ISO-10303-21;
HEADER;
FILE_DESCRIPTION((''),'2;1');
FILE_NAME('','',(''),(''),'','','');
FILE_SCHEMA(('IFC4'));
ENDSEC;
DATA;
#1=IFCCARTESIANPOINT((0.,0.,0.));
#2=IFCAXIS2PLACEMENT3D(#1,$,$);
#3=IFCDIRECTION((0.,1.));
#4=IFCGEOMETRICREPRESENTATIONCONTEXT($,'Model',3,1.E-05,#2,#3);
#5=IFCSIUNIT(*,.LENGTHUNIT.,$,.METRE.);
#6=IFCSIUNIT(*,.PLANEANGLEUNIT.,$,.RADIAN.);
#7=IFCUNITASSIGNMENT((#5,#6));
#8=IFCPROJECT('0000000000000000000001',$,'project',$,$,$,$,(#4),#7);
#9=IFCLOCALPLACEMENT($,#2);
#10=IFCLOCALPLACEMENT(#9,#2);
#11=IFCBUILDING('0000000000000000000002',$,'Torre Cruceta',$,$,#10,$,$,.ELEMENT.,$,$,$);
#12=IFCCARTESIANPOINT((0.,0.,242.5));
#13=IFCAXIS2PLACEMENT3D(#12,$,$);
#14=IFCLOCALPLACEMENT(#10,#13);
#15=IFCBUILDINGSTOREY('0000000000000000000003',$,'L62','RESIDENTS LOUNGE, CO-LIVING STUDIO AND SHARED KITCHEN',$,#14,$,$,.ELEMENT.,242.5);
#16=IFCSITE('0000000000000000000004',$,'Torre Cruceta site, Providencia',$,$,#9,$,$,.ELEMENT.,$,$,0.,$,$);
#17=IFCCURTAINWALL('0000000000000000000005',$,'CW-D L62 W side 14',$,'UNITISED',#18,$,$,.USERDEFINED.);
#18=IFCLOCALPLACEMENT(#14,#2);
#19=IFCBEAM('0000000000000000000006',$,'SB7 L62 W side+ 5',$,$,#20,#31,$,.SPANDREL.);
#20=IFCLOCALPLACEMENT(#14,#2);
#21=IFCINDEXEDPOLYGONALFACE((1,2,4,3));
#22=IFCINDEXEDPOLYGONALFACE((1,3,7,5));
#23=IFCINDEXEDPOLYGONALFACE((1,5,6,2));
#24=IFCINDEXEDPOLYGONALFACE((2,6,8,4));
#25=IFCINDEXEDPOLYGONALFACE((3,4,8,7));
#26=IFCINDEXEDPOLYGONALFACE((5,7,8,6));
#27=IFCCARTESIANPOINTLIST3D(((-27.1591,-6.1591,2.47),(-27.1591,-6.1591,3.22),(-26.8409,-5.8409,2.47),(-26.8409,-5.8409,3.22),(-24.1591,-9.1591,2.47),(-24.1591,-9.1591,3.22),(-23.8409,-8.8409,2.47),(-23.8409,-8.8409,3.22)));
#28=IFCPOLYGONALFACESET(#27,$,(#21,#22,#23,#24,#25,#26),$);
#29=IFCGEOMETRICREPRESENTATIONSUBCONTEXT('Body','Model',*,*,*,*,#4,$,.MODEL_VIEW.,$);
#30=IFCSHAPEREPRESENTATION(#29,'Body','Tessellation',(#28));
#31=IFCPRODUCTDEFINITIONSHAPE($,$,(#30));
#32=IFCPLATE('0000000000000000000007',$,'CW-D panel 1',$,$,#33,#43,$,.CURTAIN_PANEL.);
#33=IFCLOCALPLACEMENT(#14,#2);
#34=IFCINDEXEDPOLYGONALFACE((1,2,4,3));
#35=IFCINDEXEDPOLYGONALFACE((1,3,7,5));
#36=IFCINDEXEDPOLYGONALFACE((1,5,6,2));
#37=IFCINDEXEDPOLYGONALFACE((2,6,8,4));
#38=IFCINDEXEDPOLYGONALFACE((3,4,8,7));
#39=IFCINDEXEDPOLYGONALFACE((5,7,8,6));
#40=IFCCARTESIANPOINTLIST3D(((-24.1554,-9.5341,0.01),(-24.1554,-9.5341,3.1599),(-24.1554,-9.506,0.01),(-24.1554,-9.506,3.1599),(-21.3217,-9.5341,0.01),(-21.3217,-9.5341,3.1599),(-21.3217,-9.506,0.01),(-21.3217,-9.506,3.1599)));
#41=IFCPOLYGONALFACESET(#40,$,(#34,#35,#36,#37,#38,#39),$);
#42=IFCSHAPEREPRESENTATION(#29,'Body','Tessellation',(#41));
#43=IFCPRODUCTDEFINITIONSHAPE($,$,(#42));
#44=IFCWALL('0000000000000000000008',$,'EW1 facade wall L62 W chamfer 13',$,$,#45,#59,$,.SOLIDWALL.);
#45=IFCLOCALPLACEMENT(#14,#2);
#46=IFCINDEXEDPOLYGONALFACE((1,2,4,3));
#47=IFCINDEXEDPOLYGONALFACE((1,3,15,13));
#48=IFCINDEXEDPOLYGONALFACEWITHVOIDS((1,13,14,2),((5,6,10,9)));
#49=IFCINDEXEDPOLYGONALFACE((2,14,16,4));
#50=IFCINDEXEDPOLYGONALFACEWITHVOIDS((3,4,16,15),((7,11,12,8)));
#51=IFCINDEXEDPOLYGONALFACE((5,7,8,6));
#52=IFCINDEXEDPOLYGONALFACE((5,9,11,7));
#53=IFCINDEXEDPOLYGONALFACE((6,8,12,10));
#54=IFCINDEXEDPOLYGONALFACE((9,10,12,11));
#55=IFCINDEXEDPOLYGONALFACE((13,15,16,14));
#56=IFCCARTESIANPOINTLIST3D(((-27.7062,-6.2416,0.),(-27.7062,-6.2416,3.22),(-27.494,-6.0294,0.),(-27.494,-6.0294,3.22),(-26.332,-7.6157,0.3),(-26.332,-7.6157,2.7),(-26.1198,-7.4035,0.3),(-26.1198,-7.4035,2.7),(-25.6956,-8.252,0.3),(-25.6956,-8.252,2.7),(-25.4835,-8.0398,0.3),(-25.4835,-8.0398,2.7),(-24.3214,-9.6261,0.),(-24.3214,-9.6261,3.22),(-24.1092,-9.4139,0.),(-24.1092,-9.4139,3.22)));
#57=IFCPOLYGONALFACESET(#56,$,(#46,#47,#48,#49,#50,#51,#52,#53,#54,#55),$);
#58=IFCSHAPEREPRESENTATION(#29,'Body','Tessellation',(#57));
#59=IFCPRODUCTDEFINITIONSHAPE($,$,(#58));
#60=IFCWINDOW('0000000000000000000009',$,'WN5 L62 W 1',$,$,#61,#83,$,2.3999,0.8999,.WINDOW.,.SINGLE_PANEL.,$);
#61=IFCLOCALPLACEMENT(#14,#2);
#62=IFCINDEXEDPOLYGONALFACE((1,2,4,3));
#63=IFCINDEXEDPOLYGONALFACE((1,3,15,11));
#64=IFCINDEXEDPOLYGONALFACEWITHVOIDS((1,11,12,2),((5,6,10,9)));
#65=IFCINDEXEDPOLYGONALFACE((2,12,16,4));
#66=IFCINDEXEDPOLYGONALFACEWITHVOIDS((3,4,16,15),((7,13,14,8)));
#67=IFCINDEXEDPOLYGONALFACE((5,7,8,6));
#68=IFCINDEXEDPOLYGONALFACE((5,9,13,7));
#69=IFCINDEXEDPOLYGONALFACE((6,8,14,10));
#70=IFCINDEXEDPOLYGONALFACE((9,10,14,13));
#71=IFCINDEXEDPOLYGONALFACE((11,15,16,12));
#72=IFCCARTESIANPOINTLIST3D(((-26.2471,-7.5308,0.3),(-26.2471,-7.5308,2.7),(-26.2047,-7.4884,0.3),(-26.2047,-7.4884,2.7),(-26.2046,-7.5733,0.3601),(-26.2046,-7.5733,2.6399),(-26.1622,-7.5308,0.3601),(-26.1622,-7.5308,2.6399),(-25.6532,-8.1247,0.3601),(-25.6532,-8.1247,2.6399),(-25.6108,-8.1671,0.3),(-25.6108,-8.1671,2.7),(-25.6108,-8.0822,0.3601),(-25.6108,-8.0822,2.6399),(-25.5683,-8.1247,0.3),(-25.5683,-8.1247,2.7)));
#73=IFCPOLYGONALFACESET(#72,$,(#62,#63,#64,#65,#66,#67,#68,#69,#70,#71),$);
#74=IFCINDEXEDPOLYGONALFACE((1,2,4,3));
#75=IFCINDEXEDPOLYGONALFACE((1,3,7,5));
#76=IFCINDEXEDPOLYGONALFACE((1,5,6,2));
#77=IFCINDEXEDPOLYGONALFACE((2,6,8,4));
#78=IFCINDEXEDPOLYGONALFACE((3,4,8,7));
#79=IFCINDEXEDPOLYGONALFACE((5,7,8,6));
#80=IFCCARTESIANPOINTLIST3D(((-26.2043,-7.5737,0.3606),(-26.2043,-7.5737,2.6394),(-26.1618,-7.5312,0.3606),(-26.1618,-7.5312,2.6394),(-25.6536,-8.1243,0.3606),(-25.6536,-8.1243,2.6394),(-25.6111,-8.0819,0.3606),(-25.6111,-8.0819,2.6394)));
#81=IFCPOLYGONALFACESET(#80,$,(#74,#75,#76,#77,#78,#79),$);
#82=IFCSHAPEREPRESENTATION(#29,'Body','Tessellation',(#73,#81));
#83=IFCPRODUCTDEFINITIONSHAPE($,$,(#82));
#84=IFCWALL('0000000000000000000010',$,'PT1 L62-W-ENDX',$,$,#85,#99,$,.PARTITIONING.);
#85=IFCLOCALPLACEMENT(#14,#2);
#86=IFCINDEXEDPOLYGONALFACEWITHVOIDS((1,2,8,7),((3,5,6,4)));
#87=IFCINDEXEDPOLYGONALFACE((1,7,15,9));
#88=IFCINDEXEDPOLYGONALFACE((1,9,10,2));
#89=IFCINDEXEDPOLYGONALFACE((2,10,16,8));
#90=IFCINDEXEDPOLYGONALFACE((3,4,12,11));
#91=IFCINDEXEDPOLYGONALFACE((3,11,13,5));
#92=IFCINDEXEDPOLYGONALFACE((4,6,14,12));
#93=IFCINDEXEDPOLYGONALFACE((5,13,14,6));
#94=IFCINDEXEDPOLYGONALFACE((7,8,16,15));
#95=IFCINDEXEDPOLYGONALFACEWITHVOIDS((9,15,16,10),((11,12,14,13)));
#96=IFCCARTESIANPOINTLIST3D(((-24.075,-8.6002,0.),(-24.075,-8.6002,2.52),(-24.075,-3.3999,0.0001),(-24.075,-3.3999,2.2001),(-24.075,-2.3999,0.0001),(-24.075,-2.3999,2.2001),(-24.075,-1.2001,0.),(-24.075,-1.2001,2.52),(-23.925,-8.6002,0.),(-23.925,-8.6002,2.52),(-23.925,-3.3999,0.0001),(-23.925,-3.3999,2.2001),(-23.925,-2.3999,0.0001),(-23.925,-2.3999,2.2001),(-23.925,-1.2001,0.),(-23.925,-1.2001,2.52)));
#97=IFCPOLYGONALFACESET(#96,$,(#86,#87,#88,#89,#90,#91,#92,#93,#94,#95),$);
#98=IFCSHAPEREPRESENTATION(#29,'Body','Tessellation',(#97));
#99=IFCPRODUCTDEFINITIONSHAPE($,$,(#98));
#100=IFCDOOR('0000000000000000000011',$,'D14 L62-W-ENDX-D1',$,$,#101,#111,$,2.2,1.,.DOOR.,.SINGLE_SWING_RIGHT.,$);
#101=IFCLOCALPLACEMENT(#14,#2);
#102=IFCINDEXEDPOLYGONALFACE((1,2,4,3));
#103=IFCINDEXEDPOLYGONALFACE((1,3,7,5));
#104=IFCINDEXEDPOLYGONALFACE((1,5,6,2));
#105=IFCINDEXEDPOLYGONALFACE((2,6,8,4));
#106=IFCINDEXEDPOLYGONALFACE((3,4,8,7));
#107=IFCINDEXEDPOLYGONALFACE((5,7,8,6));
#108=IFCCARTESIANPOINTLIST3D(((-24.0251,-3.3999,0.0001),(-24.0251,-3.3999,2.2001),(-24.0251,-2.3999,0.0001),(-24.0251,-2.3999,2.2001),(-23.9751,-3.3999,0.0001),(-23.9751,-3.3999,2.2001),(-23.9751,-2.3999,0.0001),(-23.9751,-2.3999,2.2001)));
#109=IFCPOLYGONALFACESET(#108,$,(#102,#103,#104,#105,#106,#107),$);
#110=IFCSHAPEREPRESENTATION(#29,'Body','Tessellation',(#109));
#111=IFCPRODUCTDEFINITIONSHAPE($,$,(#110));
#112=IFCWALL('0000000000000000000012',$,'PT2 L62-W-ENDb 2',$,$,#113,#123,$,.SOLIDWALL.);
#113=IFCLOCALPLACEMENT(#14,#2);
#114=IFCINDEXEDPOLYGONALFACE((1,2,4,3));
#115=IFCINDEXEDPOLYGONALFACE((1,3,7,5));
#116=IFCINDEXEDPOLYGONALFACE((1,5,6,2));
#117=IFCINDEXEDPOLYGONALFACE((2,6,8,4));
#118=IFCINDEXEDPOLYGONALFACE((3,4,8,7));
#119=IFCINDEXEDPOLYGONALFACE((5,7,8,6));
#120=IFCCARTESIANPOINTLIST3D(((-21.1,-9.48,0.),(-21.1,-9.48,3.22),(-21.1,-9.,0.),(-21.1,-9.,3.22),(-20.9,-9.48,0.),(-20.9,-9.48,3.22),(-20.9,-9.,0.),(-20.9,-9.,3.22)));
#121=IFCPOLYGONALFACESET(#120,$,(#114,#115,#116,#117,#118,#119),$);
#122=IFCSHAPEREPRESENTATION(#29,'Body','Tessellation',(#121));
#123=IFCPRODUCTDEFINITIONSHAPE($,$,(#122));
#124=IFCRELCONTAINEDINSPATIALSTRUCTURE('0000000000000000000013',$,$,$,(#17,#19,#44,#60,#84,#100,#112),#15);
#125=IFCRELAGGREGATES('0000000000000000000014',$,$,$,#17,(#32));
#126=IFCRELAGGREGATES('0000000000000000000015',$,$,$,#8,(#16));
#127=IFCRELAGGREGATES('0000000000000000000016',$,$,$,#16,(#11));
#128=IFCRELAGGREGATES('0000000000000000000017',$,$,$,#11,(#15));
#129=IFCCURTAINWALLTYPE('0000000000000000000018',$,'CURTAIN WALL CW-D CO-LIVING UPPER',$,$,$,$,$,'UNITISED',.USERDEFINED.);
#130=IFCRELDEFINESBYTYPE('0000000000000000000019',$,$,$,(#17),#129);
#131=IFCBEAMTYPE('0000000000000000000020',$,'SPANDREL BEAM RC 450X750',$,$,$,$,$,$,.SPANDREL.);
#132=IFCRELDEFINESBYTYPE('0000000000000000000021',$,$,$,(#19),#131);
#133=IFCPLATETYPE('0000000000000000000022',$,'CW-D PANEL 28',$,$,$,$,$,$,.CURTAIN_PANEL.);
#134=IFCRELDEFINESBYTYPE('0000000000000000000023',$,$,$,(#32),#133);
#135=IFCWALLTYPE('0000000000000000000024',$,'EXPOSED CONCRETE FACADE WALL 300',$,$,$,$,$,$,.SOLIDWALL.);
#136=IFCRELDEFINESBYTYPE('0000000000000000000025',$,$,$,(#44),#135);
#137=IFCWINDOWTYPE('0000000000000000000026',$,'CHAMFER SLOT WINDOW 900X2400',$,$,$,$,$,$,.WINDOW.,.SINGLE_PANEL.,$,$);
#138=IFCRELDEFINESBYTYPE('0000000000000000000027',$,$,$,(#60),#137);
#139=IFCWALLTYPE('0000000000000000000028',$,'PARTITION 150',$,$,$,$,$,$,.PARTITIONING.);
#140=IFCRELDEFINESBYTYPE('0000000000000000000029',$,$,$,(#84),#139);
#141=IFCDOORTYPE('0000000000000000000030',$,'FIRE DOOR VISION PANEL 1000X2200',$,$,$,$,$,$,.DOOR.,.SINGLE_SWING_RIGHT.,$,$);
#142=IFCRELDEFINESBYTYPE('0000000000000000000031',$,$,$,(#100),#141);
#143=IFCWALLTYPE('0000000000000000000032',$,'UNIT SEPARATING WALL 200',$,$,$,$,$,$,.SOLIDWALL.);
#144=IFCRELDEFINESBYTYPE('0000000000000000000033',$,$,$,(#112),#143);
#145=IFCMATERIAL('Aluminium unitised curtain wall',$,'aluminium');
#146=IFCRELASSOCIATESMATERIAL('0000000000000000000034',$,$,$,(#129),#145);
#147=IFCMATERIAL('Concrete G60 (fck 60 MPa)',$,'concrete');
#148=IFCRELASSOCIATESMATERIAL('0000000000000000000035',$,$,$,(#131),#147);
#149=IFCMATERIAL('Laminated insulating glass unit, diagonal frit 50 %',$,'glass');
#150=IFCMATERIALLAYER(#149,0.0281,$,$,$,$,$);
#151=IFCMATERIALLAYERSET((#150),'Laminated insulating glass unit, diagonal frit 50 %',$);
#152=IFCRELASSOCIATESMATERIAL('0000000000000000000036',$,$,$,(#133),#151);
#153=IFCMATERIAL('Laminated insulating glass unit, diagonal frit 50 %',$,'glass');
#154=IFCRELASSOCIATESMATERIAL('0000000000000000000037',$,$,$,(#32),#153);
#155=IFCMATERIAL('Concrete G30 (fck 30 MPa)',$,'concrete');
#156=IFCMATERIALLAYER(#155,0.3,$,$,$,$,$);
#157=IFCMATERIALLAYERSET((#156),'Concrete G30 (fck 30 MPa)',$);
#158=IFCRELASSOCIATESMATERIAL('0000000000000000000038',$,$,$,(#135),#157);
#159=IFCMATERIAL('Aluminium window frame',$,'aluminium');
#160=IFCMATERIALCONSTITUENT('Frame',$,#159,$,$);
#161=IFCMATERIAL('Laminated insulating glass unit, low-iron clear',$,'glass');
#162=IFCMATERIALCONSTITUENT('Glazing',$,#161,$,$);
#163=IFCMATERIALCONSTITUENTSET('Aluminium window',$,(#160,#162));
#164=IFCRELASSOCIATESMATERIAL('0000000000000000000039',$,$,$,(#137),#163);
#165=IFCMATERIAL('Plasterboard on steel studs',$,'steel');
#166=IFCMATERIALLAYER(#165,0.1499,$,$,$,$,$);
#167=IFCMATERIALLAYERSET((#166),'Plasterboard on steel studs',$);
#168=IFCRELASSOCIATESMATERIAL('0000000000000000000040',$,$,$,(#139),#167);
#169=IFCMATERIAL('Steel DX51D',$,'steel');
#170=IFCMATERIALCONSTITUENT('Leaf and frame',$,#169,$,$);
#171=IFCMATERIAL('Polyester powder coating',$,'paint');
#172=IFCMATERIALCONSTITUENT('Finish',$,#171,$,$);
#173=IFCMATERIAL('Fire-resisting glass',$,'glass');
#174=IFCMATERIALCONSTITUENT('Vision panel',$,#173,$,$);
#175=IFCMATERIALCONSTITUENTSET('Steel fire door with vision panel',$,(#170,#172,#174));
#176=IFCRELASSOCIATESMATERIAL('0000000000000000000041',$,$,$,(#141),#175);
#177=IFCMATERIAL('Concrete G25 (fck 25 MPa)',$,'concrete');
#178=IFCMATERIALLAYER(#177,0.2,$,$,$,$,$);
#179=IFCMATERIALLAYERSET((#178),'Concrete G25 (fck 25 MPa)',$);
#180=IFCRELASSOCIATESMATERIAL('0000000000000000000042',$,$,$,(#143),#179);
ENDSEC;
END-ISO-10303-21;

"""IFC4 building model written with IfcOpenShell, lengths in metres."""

from ifc_helpers import new_model, si_unit, direction, frame, frame_2d, origin, origin_2d, place, context, subcontext, project, spatial, rectangle, hollow_rectangle, extrude, material, layer, layer_set, constituent, constituent_set, material_profile, profile_set, type_object, element, fill, aggregate, save


model = new_model("IFC4")

# Units and contexts
model_context = context("Model", 3, precision=1e-05, world=origin(), true_north=direction((0.0, 1.0)))
body_context = subcontext(model_context, "Body", "Model", "MODEL_VIEW")
ifc_project = project(units=[si_unit("LENGTHUNIT", "METRE"), si_unit("PLANEANGLEUNIT", "RADIAN")], contexts=[model_context])

# Site, building, storey
site_placement = place(None, origin())
site = spatial("IfcSite", under=ifc_project, at=site_placement, Name="Torre Cruceta site, Providencia", CompositionType="ELEMENT", RefElevation=0.0)
building_placement = place(site_placement, origin())
building = spatial("IfcBuilding", under=site, at=building_placement, Name="Torre Cruceta", CompositionType="ELEMENT")
storey_placement = place(building_placement, frame((0.0, 0.0, 242.5)))
storey = spatial("IfcBuildingStorey", under=building, at=storey_placement, Name="L62", Description="RESIDENTS LOUNGE, CO-LIVING STUDIO AND SHARED KITCHEN", CompositionType="ELEMENT", Elevation=242.5)

# Curtain wall
ifc_material_1 = material(Name="Aluminium unitised curtain wall", Category="aluminium")
curtain_wall_type = type_object("IfcCurtainWallType", Name="CURTAIN WALL CW-D CO-LIVING UPPER", ElementType="UNITISED", PredefinedType="USERDEFINED", material=ifc_material_1)
curtain_wall_placement = place(storey_placement, origin())
curtain_wall = element("IfcCurtainWall", 1, at=curtain_wall_placement, inside=storey, type_object=curtain_wall_type, Name="CW-D L62 W side 14", ObjectType="UNITISED", PredefinedType="USERDEFINED")

# Beam
ifc_material_2 = material(Name="Concrete G60 (fck 60 MPa)", Category="concrete")
ifc_material_profile_1 = material_profile(ifc_material_2, rectangle(XDim=0.45, YDim=0.75, at=origin_2d()), Name="RC 450X750")
ifc_profile_set_1 = profile_set([ifc_material_profile_1], Name="Concrete G60 (fck 60 MPa)")
beam_type_1 = type_object("IfcBeamType", Name="SPANDREL BEAM RC 450X750", PredefinedType="SPANDREL", material=ifc_profile_set_1)
beam_1_placement = place(storey_placement, frame((-24.0, -9.0, 2.845), z_axis=(-0.707107, 0.707107, 0.0), x_axis=(-0.707107, -0.707107, 0.0)))
element("IfcBeam", 2, at=beam_1_placement, inside=storey, type_object=beam_type_1, Name="SB7 L62 W side+ 5", PredefinedType="SPANDREL", context=body_context, shape_type="SweptSolid", body=[
    extrude(rectangle(XDim=0.45, YDim=0.75, at=origin_2d()), origin(), (0.0, 0.0, 1.0), 4.2427),
])

# Plate
ifc_material_3 = material(Name="Laminated insulating glass unit, diagonal frit 50 %", Category="glass")
ifc_material_4 = material(Name="Laminated insulating glass unit, diagonal frit 50 %", Category="glass")
ifc_layer_1 = layer(ifc_material_4, 0.0281)
ifc_layer_set_1 = layer_set([ifc_layer_1], Name="Laminated insulating glass unit, diagonal frit 50 %")
plate_type = type_object("IfcPlateType", Name="CW-D PANEL 28", PredefinedType="CURTAIN_PANEL", material=ifc_layer_set_1)
plate_placement = place(storey_placement, frame((-22.7385, -9.52, 0.01), z_axis=(0.0, 0.0, 1.0), x_axis=(1.0, 0.0, 0.0)))
plate = element("IfcPlate", 3, at=plate_placement, type_object=plate_type, material=ifc_material_3, Name="CW-D panel 1", PredefinedType="CURTAIN_PANEL", context=body_context, shape_type="SweptSolid", body=[
    extrude(rectangle(XDim=2.8337, YDim=0.0281, at=origin_2d()), origin(), (0.0, 0.0, 1.0), 3.1499),
])
aggregate(curtain_wall, [plate])

# Wall, opening, window
ifc_material_5 = material(Name="Concrete G30 (fck 30 MPa)", Category="concrete")
ifc_layer_2 = layer(ifc_material_5, 0.3)
ifc_layer_set_2 = layer_set([ifc_layer_2], Name="Concrete G30 (fck 30 MPa)")
wall_type_1 = type_object("IfcWallType", Name="EXPOSED CONCRETE FACADE WALL 300", PredefinedType="SOLIDWALL", material=ifc_layer_set_2)
wall_1_placement = place(storey_placement, frame((-27.6001, -6.1355, 0.0), z_axis=(0.0, 0.0, 1.0), x_axis=(0.707132, -0.707081, 0.0)))
wall_1 = element("IfcWall", 4, at=wall_1_placement, inside=storey, type_object=wall_type_1, Name="EW1 facade wall L62 W chamfer 13", PredefinedType="SOLIDWALL", context=body_context, shape_type="SweptSolid", body=[
    extrude(rectangle(XDim=4.7866, YDim=0.3, at=frame_2d((2.3933, 0.0))), origin(), (0.0, 0.0, 1.0), 3.22),
])
opening_1_placement = place(wall_1_placement, frame((1.9434, 0.0, 0.3)))
opening_1 = element("IfcOpeningElement", 5, at=opening_1_placement, cuts=wall_1, PredefinedType="OPENING", context=body_context, shape_type="SweptSolid", body=[
    extrude(rectangle(XDim=0.8999, YDim=2.3999, at=frame_2d((0.45, 1.2))), frame((0.0, 0.1599, 0.0), z_axis=(0.0, -1.0, 0.0), x_axis=(1.0, 0.0, 0.0)), (0.0, 0.0, 1.0), 0.3201),
])
ifc_material_6 = material(Name="Aluminium window frame", Category="aluminium")
ifc_constituent_1 = constituent(ifc_material_6, Name="Frame")
ifc_material_7 = material(Name="Laminated insulating glass unit, low-iron clear", Category="glass")
ifc_constituent_2 = constituent(ifc_material_7, Name="Glazing")
ifc_constituent_set_1 = constituent_set(constituents=[ifc_constituent_1, ifc_constituent_2], Name="Aluminium window")
window_type = type_object("IfcWindowType", Name="CHAMFER SLOT WINDOW 900X2400", PartitioningType="SINGLE_PANEL", PredefinedType="WINDOW", material=ifc_constituent_set_1)
window_placement = place(opening_1_placement, origin())
window = element("IfcWindow", 6, at=window_placement, inside=storey, type_object=window_type, Name="WN5 L62 W 1", OverallHeight=2.3999, OverallWidth=0.8999, PartitioningType="SINGLE_PANEL", PredefinedType="WINDOW", context=body_context, shape_type="SweptSolid", body=[
    extrude(hollow_rectangle(XDim=0.8999, YDim=2.3999, WallThickness=0.0601, at=frame_2d((0.45, 1.2))), frame((0.0, 0.03, 0.0), z_axis=(0.0, -1.0, 0.0), x_axis=(1.0, 0.0, 0.0)), (0.0, 0.0, 1.0), 0.0601),
    extrude(rectangle(XDim=0.7788, YDim=2.2788, at=frame_2d((0.45, 1.2))), frame((0.0, 0.03, 0.0), z_axis=(0.0, -1.0, 0.0), x_axis=(1.0, 0.0, 0.0)), (0.0, 0.0, 1.0), 0.0601),
])
fill(opening_1, window)

# Wall, opening, door
ifc_material_8 = material(Name="Plasterboard on steel studs", Category="steel")
ifc_layer_3 = layer(ifc_material_8, 0.1499)
ifc_layer_set_3 = layer_set([ifc_layer_3], Name="Plasterboard on steel studs")
wall_type_2 = type_object("IfcWallType", Name="PARTITION 150", PredefinedType="PARTITIONING", material=ifc_layer_set_3)
wall_2_placement = place(storey_placement, frame((-24.0, -1.2, 0.0), z_axis=(0.0, 0.0, 1.0), x_axis=(0.0, -1.0, 0.0)))
wall_2 = element("IfcWall", 7, at=wall_2_placement, inside=storey, type_object=wall_type_2, Name="PT1 L62-W-ENDX", PredefinedType="PARTITIONING", context=body_context, shape_type="SweptSolid", body=[
    extrude(rectangle(XDim=7.4001, YDim=0.1499, at=frame_2d((3.7002, 0.0))), origin(), (0.0, 0.0, 1.0), 2.52),
])
opening_2_placement = place(wall_2_placement, frame((1.2, 0.0, 0.0)))
opening_2 = element("IfcOpeningElement", 8, at=opening_2_placement, cuts=wall_2, PredefinedType="OPENING", context=body_context, shape_type="SweptSolid", body=[
    extrude(rectangle(XDim=1.0, YDim=2.2, at=frame_2d((0.5, 1.1001))), frame((0.0, 0.085, 0.0), z_axis=(0.0, -1.0, 0.0), x_axis=(1.0, 0.0, 0.0)), (0.0, 0.0, 1.0), 0.1699),
])
ifc_material_9 = material(Name="Steel DX51D", Category="steel")
ifc_constituent_3 = constituent(ifc_material_9, Name="Leaf and frame")
ifc_material_10 = material(Name="Polyester powder coating", Category="paint")
ifc_constituent_4 = constituent(ifc_material_10, Name="Finish")
ifc_material_11 = material(Name="Fire-resisting glass", Category="glass")
ifc_constituent_5 = constituent(ifc_material_11, Name="Vision panel")
ifc_constituent_set_2 = constituent_set(constituents=[ifc_constituent_3, ifc_constituent_4, ifc_constituent_5], Name="Steel fire door with vision panel")
door_type = type_object("IfcDoorType", Name="FIRE DOOR VISION PANEL 1000X2200", OperationType="SINGLE_SWING_RIGHT", PredefinedType="DOOR", material=ifc_constituent_set_2)
door_placement = place(opening_2_placement, frame((1.0, 0.0, 0.0), z_axis=(0.0, 0.0, 1.0), x_axis=(-1.0, 0.0, 0.0)))
door = element("IfcDoor", 9, at=door_placement, inside=storey, type_object=door_type, Name="D14 L62-W-ENDX-D1", OperationType="SINGLE_SWING_RIGHT", OverallHeight=2.2, OverallWidth=1.0, PredefinedType="DOOR", context=body_context, shape_type="SweptSolid", body=[
    extrude(rectangle(XDim=1.0, YDim=2.2, at=frame_2d((0.5, 1.1001))), frame((0.0, 0.0251, 0.0), z_axis=(0.0, -1.0, 0.0), x_axis=(1.0, 0.0, 0.0)), (0.0, 0.0, 1.0), 0.05),
])
fill(opening_2, door)

# Wall
ifc_material_12 = material(Name="Concrete G25 (fck 25 MPa)", Category="concrete")
ifc_layer_4 = layer(ifc_material_12, 0.2)
ifc_layer_set_4 = layer_set([ifc_layer_4], Name="Concrete G25 (fck 25 MPa)")
wall_type_3 = type_object("IfcWallType", Name="UNIT SEPARATING WALL 200", PredefinedType="SOLIDWALL", material=ifc_layer_set_4)
wall_3_placement = place(storey_placement, frame((-21.0, -9.0, 0.0), z_axis=(0.0, 0.0, 1.0), x_axis=(0.0, -1.0, 0.0)))
element("IfcWall", 10, at=wall_3_placement, inside=storey, type_object=wall_type_3, Name="PT2 L62-W-ENDb 2", PredefinedType="SOLIDWALL", context=body_context, shape_type="SweptSolid", body=[
    extrude(rectangle(XDim=0.48, YDim=0.2, at=frame_2d((0.24, 0.0))), origin(), (0.0, 0.0, 1.0), 3.22),
])

save(model, "model.ifc")
